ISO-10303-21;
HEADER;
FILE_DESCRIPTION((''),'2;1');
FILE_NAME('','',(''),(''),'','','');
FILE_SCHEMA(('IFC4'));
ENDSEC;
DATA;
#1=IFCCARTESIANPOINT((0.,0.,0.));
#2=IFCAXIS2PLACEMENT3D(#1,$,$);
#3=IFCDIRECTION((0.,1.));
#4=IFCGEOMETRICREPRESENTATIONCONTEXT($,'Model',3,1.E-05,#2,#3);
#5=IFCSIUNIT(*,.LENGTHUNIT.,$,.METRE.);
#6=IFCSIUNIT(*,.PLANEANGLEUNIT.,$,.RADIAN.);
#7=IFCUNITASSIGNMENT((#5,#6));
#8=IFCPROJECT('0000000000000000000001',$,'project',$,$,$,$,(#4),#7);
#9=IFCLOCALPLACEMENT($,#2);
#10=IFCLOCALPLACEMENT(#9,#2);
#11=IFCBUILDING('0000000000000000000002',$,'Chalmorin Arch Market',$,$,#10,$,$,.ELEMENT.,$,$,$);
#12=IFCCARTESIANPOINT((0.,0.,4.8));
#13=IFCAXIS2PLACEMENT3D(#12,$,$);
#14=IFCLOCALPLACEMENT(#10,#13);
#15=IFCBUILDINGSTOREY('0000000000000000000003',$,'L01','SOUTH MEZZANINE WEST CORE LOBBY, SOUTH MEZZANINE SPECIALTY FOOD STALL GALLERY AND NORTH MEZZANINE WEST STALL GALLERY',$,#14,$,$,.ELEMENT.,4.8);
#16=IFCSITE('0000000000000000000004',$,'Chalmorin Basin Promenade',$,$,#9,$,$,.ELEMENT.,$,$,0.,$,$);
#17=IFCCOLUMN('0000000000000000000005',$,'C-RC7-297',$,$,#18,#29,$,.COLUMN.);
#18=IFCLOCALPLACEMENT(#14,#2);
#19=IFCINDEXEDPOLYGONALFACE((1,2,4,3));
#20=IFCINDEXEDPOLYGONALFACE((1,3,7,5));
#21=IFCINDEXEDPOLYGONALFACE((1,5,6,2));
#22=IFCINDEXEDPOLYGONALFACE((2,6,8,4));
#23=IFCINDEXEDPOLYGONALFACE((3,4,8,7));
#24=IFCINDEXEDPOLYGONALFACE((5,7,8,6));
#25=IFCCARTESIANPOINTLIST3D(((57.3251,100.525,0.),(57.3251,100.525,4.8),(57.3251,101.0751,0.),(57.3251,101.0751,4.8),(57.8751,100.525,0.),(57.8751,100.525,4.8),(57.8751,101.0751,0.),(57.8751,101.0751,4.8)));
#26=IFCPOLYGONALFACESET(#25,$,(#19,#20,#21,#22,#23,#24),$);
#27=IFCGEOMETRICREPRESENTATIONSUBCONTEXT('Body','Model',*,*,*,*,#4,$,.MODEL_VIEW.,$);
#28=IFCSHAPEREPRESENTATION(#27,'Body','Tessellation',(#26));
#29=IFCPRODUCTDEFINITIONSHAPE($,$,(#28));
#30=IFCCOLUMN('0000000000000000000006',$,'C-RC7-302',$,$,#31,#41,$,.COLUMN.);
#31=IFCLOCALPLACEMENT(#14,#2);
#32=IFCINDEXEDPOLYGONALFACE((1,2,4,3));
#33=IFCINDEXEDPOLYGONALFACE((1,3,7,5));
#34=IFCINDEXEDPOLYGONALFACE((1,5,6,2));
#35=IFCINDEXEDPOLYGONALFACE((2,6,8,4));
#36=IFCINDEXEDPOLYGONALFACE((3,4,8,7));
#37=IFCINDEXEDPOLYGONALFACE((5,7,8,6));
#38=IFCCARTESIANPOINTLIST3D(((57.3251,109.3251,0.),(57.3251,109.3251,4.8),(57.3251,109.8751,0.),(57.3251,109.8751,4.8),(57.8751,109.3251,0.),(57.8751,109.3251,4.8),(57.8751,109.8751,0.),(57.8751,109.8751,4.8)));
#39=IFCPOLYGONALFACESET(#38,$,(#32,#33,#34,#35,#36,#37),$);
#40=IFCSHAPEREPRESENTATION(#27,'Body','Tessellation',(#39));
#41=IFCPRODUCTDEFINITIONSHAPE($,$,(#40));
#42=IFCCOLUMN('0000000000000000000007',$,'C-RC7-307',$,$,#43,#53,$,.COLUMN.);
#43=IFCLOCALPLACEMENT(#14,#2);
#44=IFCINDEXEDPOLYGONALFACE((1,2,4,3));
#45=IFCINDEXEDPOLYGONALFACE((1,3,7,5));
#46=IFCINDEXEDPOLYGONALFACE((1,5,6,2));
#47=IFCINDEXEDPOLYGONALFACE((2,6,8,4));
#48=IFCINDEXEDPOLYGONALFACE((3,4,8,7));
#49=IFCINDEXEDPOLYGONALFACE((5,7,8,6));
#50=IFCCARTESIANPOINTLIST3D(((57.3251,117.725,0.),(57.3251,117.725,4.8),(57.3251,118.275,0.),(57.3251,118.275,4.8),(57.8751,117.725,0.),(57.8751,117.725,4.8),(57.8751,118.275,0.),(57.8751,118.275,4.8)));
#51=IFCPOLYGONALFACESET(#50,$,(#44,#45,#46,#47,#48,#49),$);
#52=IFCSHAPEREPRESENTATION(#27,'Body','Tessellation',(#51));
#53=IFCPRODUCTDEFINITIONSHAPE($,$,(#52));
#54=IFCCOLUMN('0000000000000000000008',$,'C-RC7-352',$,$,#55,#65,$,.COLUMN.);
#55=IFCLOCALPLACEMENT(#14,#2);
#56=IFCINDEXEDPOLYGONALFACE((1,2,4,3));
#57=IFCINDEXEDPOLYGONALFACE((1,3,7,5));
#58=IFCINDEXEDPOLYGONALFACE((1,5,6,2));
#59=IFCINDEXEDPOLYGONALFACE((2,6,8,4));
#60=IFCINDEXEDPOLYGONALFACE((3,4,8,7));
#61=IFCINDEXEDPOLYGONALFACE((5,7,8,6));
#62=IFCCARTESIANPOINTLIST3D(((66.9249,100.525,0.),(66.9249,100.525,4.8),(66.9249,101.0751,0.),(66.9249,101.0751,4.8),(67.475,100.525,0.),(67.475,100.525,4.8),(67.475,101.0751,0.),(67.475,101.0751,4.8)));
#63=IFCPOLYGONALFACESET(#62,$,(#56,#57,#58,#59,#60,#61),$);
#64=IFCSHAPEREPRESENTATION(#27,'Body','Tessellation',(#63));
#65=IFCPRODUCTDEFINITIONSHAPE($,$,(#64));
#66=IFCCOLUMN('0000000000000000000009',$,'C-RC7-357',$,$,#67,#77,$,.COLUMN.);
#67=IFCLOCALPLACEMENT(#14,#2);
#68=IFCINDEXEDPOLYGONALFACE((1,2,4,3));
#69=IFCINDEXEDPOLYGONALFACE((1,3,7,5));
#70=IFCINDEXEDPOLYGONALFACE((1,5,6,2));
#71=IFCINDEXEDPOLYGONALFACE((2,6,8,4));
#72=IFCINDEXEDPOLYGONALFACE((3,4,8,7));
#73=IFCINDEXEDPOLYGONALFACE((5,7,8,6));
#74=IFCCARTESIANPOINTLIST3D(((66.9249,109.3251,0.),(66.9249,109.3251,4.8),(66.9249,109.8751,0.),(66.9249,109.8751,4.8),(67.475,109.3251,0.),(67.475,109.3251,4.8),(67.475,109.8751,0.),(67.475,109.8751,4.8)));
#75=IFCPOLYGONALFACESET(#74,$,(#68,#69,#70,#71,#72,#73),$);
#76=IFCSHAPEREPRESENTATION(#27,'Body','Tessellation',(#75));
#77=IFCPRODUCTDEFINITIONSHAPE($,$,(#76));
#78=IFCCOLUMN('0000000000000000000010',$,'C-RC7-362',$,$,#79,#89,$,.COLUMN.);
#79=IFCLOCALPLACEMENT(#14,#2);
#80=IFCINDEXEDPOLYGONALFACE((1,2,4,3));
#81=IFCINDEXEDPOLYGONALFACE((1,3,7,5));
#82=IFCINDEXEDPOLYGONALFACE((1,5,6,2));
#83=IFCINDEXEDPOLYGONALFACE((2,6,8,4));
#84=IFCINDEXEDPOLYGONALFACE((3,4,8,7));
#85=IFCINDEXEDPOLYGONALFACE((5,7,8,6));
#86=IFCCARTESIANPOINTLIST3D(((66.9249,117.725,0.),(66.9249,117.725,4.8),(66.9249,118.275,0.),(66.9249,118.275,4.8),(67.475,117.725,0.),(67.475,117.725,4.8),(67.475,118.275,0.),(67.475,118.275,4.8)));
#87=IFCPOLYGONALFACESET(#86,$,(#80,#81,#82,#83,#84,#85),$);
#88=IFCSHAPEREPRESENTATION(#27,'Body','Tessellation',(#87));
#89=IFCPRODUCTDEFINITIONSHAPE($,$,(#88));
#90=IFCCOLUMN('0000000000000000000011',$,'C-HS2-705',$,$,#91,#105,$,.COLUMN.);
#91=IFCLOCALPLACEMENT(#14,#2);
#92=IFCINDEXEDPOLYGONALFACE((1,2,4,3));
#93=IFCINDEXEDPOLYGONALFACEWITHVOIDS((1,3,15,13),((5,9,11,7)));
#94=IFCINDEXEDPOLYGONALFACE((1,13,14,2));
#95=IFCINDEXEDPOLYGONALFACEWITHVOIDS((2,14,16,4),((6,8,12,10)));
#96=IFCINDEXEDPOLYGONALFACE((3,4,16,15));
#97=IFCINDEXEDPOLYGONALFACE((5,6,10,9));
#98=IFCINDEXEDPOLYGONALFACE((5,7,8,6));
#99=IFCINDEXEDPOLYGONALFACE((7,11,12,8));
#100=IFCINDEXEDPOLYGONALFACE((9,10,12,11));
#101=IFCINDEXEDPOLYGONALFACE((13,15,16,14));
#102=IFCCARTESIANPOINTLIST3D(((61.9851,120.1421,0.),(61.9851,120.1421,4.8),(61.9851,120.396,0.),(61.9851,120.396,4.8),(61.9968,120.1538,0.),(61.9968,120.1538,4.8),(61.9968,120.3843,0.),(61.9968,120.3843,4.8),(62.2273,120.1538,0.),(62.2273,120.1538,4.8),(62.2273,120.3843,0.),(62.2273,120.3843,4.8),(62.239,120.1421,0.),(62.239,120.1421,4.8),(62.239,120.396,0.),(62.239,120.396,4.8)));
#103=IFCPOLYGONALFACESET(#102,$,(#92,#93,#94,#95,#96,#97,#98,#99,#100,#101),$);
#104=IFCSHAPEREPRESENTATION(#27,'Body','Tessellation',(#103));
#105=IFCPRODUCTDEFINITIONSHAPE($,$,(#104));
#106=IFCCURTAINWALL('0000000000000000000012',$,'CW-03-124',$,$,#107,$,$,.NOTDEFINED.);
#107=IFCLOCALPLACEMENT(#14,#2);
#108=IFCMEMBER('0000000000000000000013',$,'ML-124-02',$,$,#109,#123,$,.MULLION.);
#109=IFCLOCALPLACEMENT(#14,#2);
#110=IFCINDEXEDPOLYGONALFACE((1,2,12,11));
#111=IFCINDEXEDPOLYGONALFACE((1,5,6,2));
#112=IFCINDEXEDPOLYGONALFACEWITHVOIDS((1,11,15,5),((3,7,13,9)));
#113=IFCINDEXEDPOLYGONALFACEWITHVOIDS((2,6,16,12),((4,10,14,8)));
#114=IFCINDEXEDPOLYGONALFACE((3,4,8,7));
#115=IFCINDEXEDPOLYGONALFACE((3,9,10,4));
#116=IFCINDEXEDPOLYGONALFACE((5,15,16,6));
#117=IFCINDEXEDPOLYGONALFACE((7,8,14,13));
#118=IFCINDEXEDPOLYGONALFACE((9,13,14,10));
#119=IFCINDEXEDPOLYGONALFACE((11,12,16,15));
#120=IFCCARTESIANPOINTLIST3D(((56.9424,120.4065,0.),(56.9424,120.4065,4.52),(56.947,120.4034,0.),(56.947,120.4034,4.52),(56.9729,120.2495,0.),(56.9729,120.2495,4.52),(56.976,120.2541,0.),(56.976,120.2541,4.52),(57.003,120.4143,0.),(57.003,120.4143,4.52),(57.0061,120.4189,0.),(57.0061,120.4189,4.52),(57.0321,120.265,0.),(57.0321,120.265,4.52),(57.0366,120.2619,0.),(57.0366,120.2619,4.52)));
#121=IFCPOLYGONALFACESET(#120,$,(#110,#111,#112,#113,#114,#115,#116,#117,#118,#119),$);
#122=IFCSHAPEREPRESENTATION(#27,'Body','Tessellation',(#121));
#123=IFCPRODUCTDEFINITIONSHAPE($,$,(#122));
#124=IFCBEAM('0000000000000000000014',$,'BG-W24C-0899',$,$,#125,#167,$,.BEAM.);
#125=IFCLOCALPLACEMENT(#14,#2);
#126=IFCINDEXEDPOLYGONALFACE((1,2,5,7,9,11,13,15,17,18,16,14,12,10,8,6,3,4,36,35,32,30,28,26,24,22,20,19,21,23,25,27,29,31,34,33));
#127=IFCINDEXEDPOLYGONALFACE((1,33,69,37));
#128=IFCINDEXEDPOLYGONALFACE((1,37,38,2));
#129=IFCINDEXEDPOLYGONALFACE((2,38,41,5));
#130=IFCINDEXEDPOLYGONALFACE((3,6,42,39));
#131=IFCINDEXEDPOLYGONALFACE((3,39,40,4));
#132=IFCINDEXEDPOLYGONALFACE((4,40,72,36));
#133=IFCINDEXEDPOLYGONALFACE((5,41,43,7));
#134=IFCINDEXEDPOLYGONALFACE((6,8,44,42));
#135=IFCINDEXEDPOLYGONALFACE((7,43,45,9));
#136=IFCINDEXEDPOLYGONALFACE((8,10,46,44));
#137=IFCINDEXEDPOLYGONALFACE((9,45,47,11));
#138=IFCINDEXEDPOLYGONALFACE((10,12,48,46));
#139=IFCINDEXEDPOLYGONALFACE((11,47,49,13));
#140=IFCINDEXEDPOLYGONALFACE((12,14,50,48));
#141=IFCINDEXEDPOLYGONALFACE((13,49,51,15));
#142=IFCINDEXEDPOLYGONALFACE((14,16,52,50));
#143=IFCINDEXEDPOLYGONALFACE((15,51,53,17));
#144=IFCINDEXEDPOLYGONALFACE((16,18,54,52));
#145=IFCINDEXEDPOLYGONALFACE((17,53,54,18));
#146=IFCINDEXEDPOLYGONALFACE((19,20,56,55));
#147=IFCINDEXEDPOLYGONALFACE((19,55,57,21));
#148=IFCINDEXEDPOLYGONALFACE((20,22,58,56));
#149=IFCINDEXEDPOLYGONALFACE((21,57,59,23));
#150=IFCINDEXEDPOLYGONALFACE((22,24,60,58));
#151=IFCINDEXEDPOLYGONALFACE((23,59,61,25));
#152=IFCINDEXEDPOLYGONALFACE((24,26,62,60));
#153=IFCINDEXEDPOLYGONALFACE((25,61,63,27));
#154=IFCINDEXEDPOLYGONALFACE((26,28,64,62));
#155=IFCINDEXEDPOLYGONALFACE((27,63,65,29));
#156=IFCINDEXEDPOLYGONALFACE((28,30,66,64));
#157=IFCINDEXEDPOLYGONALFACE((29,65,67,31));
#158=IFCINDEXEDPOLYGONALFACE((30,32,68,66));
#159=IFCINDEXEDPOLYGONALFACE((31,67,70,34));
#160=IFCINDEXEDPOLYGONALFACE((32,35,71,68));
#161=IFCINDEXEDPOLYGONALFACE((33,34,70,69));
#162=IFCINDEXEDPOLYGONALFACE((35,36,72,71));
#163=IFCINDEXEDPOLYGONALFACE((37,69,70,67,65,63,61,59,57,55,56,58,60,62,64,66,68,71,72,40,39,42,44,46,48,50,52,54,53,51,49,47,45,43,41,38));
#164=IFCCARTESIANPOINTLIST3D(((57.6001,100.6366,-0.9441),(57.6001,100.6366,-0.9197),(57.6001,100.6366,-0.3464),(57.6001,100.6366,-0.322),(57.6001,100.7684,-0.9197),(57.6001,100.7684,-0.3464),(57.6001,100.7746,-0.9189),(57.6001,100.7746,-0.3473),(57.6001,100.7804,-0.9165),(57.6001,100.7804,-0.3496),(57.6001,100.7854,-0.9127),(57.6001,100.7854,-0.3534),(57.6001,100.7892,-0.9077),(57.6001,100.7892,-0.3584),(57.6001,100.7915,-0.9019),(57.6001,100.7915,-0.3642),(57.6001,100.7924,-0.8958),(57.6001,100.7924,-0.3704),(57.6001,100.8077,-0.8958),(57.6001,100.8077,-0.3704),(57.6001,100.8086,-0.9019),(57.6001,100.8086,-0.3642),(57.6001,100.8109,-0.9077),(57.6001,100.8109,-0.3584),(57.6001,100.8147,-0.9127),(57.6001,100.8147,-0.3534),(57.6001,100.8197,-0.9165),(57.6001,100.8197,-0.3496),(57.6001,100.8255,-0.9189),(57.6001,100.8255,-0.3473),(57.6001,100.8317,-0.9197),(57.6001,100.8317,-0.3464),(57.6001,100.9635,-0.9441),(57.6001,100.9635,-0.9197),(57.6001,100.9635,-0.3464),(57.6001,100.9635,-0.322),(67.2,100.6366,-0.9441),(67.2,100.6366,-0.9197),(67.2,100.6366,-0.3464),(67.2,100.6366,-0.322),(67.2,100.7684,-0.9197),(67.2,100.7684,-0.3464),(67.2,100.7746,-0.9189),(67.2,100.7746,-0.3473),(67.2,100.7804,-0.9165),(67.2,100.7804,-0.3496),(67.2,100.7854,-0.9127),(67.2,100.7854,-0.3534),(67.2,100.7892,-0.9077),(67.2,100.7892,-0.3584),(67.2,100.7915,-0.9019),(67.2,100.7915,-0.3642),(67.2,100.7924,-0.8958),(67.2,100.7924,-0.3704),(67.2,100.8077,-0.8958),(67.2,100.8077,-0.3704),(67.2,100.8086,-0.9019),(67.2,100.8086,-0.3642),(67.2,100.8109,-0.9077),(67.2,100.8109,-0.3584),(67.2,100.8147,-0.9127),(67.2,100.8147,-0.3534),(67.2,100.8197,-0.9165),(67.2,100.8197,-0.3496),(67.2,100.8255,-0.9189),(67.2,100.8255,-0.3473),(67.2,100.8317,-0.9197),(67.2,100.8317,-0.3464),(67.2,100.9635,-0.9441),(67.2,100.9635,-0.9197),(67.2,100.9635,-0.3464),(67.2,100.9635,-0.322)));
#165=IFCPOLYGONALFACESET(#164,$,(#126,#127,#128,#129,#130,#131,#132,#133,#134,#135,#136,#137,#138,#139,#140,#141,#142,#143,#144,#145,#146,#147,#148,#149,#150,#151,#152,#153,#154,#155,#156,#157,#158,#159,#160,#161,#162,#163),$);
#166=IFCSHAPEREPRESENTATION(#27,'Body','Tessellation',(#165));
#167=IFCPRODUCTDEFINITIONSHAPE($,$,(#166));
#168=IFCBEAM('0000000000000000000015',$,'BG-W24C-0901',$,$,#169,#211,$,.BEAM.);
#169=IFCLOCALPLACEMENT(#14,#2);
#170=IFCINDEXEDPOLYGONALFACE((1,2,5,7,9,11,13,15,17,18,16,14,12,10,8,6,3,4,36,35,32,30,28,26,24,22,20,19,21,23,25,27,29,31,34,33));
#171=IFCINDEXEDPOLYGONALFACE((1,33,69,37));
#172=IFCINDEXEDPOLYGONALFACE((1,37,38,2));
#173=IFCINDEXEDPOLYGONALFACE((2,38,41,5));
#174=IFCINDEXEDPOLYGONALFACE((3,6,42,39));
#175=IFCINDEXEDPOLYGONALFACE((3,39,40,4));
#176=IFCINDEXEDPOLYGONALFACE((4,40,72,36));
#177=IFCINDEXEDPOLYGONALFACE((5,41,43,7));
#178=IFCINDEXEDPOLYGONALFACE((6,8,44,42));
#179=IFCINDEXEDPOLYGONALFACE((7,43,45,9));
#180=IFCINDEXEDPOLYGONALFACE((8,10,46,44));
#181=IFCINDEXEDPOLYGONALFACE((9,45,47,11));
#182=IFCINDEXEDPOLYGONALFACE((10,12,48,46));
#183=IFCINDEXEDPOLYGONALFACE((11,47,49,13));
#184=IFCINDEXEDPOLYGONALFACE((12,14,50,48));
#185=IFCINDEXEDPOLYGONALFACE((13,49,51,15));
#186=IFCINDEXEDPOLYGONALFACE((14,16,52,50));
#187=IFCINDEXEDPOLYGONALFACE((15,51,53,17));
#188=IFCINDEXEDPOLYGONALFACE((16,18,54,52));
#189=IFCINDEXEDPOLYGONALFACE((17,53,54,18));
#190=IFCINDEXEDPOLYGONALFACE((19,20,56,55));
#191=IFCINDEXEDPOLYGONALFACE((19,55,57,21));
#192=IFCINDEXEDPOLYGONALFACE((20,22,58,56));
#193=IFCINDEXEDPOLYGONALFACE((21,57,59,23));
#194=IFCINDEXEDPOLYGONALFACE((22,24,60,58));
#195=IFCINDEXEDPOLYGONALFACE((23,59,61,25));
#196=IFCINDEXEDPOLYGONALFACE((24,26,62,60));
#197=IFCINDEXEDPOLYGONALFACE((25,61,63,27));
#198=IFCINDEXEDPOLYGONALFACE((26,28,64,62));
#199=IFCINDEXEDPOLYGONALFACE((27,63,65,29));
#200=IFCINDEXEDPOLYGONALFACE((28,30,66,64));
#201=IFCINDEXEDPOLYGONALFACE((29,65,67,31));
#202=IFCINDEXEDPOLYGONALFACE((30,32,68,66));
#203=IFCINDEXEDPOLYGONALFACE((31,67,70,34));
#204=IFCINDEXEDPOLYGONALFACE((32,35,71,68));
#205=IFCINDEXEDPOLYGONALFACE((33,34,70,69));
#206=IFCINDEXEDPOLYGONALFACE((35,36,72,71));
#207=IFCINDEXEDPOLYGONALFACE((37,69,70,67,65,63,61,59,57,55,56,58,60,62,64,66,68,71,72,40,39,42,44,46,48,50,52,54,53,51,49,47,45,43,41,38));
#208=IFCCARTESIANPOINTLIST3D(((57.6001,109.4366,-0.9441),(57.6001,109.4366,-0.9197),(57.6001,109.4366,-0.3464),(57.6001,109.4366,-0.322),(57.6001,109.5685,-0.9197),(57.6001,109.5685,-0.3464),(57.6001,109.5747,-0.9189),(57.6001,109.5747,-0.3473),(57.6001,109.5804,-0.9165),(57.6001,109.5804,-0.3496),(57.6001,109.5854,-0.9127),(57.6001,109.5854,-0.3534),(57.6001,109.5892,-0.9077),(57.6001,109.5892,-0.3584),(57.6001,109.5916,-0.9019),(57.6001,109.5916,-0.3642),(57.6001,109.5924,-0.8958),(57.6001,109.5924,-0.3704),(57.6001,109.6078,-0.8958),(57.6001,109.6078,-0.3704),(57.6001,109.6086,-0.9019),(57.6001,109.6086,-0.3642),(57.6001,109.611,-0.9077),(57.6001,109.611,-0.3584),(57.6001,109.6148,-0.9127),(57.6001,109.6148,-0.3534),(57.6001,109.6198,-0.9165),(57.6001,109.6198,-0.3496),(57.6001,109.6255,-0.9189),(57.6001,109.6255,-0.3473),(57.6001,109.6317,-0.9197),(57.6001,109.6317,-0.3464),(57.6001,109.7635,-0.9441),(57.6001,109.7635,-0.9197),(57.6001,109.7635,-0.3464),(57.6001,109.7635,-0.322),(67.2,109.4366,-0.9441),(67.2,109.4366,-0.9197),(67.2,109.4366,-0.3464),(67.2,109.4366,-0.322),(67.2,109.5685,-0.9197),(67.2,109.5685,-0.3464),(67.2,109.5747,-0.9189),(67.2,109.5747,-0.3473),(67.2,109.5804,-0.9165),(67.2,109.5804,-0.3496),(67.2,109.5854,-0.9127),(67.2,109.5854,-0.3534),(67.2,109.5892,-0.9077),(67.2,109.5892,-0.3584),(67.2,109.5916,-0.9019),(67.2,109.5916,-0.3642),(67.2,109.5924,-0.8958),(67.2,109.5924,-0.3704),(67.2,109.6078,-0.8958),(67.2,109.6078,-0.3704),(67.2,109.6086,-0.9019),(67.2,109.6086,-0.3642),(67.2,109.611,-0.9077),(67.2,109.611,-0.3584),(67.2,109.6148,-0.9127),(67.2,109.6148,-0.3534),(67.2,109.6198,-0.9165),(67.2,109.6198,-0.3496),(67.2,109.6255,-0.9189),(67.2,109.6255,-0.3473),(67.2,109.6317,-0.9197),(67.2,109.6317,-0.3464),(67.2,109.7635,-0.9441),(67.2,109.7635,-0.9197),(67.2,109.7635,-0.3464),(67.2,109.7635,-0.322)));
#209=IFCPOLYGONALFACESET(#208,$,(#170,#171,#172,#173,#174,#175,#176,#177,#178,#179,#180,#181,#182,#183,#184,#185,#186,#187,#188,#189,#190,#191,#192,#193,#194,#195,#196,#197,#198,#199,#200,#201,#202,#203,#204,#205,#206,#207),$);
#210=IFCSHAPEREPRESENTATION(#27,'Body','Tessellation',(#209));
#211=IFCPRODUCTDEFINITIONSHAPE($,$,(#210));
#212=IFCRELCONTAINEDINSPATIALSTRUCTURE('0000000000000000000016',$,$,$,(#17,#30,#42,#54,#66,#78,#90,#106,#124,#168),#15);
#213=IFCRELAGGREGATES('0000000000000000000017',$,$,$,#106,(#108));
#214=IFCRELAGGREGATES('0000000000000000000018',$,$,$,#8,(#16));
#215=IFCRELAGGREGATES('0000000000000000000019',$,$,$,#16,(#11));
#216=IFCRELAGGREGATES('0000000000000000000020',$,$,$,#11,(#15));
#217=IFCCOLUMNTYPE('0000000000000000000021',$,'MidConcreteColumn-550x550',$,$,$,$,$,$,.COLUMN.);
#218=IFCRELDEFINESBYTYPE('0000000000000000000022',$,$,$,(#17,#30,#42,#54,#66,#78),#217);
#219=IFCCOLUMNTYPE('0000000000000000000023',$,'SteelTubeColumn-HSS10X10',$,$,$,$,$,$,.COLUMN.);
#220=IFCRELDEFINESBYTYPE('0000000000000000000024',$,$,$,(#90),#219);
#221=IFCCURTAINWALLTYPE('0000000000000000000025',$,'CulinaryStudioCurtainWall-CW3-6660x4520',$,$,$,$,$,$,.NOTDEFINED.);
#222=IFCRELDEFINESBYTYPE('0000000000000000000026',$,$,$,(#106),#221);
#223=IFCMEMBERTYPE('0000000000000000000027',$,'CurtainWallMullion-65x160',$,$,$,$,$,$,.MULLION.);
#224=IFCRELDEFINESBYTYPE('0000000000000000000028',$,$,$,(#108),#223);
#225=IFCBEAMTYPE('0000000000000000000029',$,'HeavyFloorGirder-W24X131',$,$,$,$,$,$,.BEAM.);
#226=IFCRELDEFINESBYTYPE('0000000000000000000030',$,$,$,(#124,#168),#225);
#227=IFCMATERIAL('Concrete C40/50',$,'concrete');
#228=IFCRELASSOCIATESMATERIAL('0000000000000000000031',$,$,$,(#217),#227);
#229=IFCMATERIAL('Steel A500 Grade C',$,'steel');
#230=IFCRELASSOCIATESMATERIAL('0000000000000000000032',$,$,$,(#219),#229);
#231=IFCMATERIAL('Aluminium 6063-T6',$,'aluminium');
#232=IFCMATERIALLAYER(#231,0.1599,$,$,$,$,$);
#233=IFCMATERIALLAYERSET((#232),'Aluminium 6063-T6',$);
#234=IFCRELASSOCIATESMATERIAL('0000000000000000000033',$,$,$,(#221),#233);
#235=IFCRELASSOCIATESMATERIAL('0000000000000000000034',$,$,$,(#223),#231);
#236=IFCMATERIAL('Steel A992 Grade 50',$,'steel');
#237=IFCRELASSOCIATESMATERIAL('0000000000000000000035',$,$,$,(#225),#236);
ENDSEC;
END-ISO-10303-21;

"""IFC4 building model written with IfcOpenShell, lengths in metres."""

from ifc_helpers import new_model, si_unit, direction, frame, origin, origin_2d, place, context, subcontext, project, spatial, rectangle, hollow_rectangle, i_section, extrude, material, layer, layer_set, material_profile, profile_set, type_object, element, aggregate, save


model = new_model("IFC4")

# Units and contexts
model_context = context("Model", 3, precision=1e-05, world=origin(), true_north=direction((0.0, 1.0)))
body_context = subcontext(model_context, "Body", "Model", "MODEL_VIEW")
ifc_project = project(units=[si_unit("LENGTHUNIT", "METRE"), si_unit("PLANEANGLEUNIT", "RADIAN")], contexts=[model_context])

# Site, building, storey
site_placement = place(None, origin())
site = spatial("IfcSite", under=ifc_project, at=site_placement, Name="Chalmorin Basin Promenade", CompositionType="ELEMENT", RefElevation=0.0)
building_placement = place(site_placement, origin())
building = spatial("IfcBuilding", under=site, at=building_placement, Name="Chalmorin Arch Market", CompositionType="ELEMENT")
storey_placement = place(building_placement, frame((0.0, 0.0, 4.8)))
storey = spatial("IfcBuildingStorey", under=building, at=storey_placement, Name="L01", Description="SOUTH MEZZANINE WEST CORE LOBBY, SOUTH MEZZANINE SPECIALTY FOOD STALL GALLERY AND NORTH MEZZANINE WEST STALL GALLERY", CompositionType="ELEMENT", Elevation=4.8)

# Columns
ifc_material_1 = material(Name="Concrete C40/50", Category="concrete")
ifc_material_profile_1 = material_profile(ifc_material_1, rectangle(XDim=0.55, YDim=0.55, at=origin_2d()), Name="RC550X550")
ifc_profile_set_1 = profile_set([ifc_material_profile_1], Name="Concrete C40/50")
column_type_1 = type_object("IfcColumnType", Name="MidConcreteColumn-550x550", PredefinedType="COLUMN", material=ifc_profile_set_1)
for number, where, z_axis, x_axis, name in (
    (1, (57.6001, 100.8, 0.0), (0.0, 0.0, 1.0), (1.0, 0.0, 0.0), "C-RC7-297"),
    (2, (57.6001, 109.6001, 0.0), (0.0, 0.0, 1.0), (1.0, 0.0, 0.0), "C-RC7-302"),
    (3, (57.6001, 118.0, 0.0), (0.0, 0.0, 1.0), (1.0, 0.0, 0.0), "C-RC7-307"),
    (4, (67.2, 100.8, 0.0), (0.0, 0.0, 1.0), (1.0, 0.0, 0.0), "C-RC7-352"),
    (5, (67.2, 109.6001, 0.0), (0.0, 0.0, 1.0), (1.0, 0.0, 0.0), "C-RC7-357"),
    (6, (67.2, 118.0, 0.0), (0.0, 0.0, 1.0), (1.0, 0.0, 0.0), "C-RC7-362"),
):
    element("IfcColumn", number, at=place(storey_placement, frame(where, z_axis=z_axis, x_axis=x_axis)), inside=storey, type_object=column_type_1, Name=name, PredefinedType="COLUMN", context=body_context, shape_type="SweptSolid", body=[
        extrude(rectangle(XDim=0.55, YDim=0.55, at=origin_2d()), origin(), (0.0, 0.0, 1.0), 4.8),
    ])
ifc_material_2 = material(Name="Steel A500 Grade C", Category="steel")
ifc_material_profile_2 = material_profile(ifc_material_2, hollow_rectangle(XDim=0.2539, YDim=0.2539, WallThickness=0.0117, at=origin_2d()), Name="HSS10X10X1/2")
ifc_profile_set_2 = profile_set([ifc_material_profile_2], Name="Steel A500 Grade C")
column_type_2 = type_object("IfcColumnType", Name="SteelTubeColumn-HSS10X10", PredefinedType="COLUMN", material=ifc_profile_set_2)
column_placement = place(storey_placement, frame((62.1121, 120.269, 0.0), z_axis=(0.0, 0.0, 1.0), x_axis=(1.0, 0.0, 0.0)))
element("IfcColumn", 7, at=column_placement, inside=storey, type_object=column_type_2, Name="C-HS2-705", PredefinedType="COLUMN", context=body_context, shape_type="SweptSolid", body=[
    extrude(hollow_rectangle(XDim=0.2539, YDim=0.2539, WallThickness=0.0117, at=origin_2d()), origin(), (0.0, 0.0, 1.0), 4.8),
])

# Curtain wall, member
ifc_material_3 = material(Name="Aluminium 6063-T6", Category="aluminium")
ifc_layer_1 = layer(ifc_material_3, 0.1599)
ifc_layer_set_1 = layer_set([ifc_layer_1], Name="Aluminium 6063-T6")
curtain_wall_type = type_object("IfcCurtainWallType", Name="CulinaryStudioCurtainWall-CW3-6660x4520", PredefinedType="NOTDEFINED", material=ifc_layer_set_1)
curtain_wall_placement = place(storey_placement, origin())
curtain_wall = element("IfcCurtainWall", 8, at=curtain_wall_placement, inside=storey, type_object=curtain_wall_type, Name="CW-03-124", PredefinedType="NOTDEFINED")
ifc_material_profile_3 = material_profile(ifc_material_3, hollow_rectangle(XDim=0.0649, YDim=0.1599, WallThickness=0.0039, at=origin_2d()), Name="ALU65X160X4")
ifc_profile_set_3 = profile_set([ifc_material_profile_3], Name="Aluminium 6063-T6")
member_type = type_object("IfcMemberType", Name="CurtainWallMullion-65x160", PredefinedType="MULLION", material=ifc_profile_set_3)
member_placement = place(storey_placement, frame((56.9895, 120.3342, 0.0), z_axis=(0.0, 0.0, 1.0), x_axis=(0.981627, 0.190809, 0.0)))
member = element("IfcMember", 9, at=member_placement, type_object=member_type, Name="ML-124-02", PredefinedType="MULLION", context=body_context, shape_type="SweptSolid", body=[
    extrude(hollow_rectangle(XDim=0.0649, YDim=0.1599, WallThickness=0.0039, at=origin_2d()), origin(), (0.0, 0.0, 1.0), 4.52),
])

# Beams
ifc_material_4 = material(Name="Steel A992 Grade 50", Category="steel")
ifc_material_profile_4 = material_profile(ifc_material_4, i_section(OverallWidth=0.3269, OverallDepth=0.6221, WebThickness=0.0154, FlangeThickness=0.0244, FilletRadius=0.0239, at=origin_2d()), Name="W24X131")
ifc_profile_set_4 = profile_set([ifc_material_profile_4], Name="Steel A992 Grade 50")
beam_type_1 = type_object("IfcBeamType", Name="HeavyFloorGirder-W24X131", PredefinedType="BEAM", material=ifc_profile_set_4)
for number, where, z_axis, x_axis, name in (
    (10, (57.6001, 100.8, -0.6331), (1.0, 0.0, 0.0), (0.0, 1.0, 0.0), "BG-W24C-0899"),
    (11, (57.6001, 109.6001, -0.6331), (1.0, 0.0, 0.0), (0.0, 1.0, 0.0), "BG-W24C-0901"),
):
    element("IfcBeam", number, at=place(storey_placement, frame(where, z_axis=z_axis, x_axis=x_axis)), inside=storey, type_object=beam_type_1, Name=name, PredefinedType="BEAM", context=body_context, shape_type="SweptSolid", body=[
        extrude(i_section(OverallWidth=0.3269, OverallDepth=0.6221, WebThickness=0.0154, FlangeThickness=0.0244, FilletRadius=0.0239, at=origin_2d()), origin(), (0.0, 0.0, 1.0), 9.5999),
    ])

aggregate(curtain_wall, [member])

save(model, "model.ifc")
